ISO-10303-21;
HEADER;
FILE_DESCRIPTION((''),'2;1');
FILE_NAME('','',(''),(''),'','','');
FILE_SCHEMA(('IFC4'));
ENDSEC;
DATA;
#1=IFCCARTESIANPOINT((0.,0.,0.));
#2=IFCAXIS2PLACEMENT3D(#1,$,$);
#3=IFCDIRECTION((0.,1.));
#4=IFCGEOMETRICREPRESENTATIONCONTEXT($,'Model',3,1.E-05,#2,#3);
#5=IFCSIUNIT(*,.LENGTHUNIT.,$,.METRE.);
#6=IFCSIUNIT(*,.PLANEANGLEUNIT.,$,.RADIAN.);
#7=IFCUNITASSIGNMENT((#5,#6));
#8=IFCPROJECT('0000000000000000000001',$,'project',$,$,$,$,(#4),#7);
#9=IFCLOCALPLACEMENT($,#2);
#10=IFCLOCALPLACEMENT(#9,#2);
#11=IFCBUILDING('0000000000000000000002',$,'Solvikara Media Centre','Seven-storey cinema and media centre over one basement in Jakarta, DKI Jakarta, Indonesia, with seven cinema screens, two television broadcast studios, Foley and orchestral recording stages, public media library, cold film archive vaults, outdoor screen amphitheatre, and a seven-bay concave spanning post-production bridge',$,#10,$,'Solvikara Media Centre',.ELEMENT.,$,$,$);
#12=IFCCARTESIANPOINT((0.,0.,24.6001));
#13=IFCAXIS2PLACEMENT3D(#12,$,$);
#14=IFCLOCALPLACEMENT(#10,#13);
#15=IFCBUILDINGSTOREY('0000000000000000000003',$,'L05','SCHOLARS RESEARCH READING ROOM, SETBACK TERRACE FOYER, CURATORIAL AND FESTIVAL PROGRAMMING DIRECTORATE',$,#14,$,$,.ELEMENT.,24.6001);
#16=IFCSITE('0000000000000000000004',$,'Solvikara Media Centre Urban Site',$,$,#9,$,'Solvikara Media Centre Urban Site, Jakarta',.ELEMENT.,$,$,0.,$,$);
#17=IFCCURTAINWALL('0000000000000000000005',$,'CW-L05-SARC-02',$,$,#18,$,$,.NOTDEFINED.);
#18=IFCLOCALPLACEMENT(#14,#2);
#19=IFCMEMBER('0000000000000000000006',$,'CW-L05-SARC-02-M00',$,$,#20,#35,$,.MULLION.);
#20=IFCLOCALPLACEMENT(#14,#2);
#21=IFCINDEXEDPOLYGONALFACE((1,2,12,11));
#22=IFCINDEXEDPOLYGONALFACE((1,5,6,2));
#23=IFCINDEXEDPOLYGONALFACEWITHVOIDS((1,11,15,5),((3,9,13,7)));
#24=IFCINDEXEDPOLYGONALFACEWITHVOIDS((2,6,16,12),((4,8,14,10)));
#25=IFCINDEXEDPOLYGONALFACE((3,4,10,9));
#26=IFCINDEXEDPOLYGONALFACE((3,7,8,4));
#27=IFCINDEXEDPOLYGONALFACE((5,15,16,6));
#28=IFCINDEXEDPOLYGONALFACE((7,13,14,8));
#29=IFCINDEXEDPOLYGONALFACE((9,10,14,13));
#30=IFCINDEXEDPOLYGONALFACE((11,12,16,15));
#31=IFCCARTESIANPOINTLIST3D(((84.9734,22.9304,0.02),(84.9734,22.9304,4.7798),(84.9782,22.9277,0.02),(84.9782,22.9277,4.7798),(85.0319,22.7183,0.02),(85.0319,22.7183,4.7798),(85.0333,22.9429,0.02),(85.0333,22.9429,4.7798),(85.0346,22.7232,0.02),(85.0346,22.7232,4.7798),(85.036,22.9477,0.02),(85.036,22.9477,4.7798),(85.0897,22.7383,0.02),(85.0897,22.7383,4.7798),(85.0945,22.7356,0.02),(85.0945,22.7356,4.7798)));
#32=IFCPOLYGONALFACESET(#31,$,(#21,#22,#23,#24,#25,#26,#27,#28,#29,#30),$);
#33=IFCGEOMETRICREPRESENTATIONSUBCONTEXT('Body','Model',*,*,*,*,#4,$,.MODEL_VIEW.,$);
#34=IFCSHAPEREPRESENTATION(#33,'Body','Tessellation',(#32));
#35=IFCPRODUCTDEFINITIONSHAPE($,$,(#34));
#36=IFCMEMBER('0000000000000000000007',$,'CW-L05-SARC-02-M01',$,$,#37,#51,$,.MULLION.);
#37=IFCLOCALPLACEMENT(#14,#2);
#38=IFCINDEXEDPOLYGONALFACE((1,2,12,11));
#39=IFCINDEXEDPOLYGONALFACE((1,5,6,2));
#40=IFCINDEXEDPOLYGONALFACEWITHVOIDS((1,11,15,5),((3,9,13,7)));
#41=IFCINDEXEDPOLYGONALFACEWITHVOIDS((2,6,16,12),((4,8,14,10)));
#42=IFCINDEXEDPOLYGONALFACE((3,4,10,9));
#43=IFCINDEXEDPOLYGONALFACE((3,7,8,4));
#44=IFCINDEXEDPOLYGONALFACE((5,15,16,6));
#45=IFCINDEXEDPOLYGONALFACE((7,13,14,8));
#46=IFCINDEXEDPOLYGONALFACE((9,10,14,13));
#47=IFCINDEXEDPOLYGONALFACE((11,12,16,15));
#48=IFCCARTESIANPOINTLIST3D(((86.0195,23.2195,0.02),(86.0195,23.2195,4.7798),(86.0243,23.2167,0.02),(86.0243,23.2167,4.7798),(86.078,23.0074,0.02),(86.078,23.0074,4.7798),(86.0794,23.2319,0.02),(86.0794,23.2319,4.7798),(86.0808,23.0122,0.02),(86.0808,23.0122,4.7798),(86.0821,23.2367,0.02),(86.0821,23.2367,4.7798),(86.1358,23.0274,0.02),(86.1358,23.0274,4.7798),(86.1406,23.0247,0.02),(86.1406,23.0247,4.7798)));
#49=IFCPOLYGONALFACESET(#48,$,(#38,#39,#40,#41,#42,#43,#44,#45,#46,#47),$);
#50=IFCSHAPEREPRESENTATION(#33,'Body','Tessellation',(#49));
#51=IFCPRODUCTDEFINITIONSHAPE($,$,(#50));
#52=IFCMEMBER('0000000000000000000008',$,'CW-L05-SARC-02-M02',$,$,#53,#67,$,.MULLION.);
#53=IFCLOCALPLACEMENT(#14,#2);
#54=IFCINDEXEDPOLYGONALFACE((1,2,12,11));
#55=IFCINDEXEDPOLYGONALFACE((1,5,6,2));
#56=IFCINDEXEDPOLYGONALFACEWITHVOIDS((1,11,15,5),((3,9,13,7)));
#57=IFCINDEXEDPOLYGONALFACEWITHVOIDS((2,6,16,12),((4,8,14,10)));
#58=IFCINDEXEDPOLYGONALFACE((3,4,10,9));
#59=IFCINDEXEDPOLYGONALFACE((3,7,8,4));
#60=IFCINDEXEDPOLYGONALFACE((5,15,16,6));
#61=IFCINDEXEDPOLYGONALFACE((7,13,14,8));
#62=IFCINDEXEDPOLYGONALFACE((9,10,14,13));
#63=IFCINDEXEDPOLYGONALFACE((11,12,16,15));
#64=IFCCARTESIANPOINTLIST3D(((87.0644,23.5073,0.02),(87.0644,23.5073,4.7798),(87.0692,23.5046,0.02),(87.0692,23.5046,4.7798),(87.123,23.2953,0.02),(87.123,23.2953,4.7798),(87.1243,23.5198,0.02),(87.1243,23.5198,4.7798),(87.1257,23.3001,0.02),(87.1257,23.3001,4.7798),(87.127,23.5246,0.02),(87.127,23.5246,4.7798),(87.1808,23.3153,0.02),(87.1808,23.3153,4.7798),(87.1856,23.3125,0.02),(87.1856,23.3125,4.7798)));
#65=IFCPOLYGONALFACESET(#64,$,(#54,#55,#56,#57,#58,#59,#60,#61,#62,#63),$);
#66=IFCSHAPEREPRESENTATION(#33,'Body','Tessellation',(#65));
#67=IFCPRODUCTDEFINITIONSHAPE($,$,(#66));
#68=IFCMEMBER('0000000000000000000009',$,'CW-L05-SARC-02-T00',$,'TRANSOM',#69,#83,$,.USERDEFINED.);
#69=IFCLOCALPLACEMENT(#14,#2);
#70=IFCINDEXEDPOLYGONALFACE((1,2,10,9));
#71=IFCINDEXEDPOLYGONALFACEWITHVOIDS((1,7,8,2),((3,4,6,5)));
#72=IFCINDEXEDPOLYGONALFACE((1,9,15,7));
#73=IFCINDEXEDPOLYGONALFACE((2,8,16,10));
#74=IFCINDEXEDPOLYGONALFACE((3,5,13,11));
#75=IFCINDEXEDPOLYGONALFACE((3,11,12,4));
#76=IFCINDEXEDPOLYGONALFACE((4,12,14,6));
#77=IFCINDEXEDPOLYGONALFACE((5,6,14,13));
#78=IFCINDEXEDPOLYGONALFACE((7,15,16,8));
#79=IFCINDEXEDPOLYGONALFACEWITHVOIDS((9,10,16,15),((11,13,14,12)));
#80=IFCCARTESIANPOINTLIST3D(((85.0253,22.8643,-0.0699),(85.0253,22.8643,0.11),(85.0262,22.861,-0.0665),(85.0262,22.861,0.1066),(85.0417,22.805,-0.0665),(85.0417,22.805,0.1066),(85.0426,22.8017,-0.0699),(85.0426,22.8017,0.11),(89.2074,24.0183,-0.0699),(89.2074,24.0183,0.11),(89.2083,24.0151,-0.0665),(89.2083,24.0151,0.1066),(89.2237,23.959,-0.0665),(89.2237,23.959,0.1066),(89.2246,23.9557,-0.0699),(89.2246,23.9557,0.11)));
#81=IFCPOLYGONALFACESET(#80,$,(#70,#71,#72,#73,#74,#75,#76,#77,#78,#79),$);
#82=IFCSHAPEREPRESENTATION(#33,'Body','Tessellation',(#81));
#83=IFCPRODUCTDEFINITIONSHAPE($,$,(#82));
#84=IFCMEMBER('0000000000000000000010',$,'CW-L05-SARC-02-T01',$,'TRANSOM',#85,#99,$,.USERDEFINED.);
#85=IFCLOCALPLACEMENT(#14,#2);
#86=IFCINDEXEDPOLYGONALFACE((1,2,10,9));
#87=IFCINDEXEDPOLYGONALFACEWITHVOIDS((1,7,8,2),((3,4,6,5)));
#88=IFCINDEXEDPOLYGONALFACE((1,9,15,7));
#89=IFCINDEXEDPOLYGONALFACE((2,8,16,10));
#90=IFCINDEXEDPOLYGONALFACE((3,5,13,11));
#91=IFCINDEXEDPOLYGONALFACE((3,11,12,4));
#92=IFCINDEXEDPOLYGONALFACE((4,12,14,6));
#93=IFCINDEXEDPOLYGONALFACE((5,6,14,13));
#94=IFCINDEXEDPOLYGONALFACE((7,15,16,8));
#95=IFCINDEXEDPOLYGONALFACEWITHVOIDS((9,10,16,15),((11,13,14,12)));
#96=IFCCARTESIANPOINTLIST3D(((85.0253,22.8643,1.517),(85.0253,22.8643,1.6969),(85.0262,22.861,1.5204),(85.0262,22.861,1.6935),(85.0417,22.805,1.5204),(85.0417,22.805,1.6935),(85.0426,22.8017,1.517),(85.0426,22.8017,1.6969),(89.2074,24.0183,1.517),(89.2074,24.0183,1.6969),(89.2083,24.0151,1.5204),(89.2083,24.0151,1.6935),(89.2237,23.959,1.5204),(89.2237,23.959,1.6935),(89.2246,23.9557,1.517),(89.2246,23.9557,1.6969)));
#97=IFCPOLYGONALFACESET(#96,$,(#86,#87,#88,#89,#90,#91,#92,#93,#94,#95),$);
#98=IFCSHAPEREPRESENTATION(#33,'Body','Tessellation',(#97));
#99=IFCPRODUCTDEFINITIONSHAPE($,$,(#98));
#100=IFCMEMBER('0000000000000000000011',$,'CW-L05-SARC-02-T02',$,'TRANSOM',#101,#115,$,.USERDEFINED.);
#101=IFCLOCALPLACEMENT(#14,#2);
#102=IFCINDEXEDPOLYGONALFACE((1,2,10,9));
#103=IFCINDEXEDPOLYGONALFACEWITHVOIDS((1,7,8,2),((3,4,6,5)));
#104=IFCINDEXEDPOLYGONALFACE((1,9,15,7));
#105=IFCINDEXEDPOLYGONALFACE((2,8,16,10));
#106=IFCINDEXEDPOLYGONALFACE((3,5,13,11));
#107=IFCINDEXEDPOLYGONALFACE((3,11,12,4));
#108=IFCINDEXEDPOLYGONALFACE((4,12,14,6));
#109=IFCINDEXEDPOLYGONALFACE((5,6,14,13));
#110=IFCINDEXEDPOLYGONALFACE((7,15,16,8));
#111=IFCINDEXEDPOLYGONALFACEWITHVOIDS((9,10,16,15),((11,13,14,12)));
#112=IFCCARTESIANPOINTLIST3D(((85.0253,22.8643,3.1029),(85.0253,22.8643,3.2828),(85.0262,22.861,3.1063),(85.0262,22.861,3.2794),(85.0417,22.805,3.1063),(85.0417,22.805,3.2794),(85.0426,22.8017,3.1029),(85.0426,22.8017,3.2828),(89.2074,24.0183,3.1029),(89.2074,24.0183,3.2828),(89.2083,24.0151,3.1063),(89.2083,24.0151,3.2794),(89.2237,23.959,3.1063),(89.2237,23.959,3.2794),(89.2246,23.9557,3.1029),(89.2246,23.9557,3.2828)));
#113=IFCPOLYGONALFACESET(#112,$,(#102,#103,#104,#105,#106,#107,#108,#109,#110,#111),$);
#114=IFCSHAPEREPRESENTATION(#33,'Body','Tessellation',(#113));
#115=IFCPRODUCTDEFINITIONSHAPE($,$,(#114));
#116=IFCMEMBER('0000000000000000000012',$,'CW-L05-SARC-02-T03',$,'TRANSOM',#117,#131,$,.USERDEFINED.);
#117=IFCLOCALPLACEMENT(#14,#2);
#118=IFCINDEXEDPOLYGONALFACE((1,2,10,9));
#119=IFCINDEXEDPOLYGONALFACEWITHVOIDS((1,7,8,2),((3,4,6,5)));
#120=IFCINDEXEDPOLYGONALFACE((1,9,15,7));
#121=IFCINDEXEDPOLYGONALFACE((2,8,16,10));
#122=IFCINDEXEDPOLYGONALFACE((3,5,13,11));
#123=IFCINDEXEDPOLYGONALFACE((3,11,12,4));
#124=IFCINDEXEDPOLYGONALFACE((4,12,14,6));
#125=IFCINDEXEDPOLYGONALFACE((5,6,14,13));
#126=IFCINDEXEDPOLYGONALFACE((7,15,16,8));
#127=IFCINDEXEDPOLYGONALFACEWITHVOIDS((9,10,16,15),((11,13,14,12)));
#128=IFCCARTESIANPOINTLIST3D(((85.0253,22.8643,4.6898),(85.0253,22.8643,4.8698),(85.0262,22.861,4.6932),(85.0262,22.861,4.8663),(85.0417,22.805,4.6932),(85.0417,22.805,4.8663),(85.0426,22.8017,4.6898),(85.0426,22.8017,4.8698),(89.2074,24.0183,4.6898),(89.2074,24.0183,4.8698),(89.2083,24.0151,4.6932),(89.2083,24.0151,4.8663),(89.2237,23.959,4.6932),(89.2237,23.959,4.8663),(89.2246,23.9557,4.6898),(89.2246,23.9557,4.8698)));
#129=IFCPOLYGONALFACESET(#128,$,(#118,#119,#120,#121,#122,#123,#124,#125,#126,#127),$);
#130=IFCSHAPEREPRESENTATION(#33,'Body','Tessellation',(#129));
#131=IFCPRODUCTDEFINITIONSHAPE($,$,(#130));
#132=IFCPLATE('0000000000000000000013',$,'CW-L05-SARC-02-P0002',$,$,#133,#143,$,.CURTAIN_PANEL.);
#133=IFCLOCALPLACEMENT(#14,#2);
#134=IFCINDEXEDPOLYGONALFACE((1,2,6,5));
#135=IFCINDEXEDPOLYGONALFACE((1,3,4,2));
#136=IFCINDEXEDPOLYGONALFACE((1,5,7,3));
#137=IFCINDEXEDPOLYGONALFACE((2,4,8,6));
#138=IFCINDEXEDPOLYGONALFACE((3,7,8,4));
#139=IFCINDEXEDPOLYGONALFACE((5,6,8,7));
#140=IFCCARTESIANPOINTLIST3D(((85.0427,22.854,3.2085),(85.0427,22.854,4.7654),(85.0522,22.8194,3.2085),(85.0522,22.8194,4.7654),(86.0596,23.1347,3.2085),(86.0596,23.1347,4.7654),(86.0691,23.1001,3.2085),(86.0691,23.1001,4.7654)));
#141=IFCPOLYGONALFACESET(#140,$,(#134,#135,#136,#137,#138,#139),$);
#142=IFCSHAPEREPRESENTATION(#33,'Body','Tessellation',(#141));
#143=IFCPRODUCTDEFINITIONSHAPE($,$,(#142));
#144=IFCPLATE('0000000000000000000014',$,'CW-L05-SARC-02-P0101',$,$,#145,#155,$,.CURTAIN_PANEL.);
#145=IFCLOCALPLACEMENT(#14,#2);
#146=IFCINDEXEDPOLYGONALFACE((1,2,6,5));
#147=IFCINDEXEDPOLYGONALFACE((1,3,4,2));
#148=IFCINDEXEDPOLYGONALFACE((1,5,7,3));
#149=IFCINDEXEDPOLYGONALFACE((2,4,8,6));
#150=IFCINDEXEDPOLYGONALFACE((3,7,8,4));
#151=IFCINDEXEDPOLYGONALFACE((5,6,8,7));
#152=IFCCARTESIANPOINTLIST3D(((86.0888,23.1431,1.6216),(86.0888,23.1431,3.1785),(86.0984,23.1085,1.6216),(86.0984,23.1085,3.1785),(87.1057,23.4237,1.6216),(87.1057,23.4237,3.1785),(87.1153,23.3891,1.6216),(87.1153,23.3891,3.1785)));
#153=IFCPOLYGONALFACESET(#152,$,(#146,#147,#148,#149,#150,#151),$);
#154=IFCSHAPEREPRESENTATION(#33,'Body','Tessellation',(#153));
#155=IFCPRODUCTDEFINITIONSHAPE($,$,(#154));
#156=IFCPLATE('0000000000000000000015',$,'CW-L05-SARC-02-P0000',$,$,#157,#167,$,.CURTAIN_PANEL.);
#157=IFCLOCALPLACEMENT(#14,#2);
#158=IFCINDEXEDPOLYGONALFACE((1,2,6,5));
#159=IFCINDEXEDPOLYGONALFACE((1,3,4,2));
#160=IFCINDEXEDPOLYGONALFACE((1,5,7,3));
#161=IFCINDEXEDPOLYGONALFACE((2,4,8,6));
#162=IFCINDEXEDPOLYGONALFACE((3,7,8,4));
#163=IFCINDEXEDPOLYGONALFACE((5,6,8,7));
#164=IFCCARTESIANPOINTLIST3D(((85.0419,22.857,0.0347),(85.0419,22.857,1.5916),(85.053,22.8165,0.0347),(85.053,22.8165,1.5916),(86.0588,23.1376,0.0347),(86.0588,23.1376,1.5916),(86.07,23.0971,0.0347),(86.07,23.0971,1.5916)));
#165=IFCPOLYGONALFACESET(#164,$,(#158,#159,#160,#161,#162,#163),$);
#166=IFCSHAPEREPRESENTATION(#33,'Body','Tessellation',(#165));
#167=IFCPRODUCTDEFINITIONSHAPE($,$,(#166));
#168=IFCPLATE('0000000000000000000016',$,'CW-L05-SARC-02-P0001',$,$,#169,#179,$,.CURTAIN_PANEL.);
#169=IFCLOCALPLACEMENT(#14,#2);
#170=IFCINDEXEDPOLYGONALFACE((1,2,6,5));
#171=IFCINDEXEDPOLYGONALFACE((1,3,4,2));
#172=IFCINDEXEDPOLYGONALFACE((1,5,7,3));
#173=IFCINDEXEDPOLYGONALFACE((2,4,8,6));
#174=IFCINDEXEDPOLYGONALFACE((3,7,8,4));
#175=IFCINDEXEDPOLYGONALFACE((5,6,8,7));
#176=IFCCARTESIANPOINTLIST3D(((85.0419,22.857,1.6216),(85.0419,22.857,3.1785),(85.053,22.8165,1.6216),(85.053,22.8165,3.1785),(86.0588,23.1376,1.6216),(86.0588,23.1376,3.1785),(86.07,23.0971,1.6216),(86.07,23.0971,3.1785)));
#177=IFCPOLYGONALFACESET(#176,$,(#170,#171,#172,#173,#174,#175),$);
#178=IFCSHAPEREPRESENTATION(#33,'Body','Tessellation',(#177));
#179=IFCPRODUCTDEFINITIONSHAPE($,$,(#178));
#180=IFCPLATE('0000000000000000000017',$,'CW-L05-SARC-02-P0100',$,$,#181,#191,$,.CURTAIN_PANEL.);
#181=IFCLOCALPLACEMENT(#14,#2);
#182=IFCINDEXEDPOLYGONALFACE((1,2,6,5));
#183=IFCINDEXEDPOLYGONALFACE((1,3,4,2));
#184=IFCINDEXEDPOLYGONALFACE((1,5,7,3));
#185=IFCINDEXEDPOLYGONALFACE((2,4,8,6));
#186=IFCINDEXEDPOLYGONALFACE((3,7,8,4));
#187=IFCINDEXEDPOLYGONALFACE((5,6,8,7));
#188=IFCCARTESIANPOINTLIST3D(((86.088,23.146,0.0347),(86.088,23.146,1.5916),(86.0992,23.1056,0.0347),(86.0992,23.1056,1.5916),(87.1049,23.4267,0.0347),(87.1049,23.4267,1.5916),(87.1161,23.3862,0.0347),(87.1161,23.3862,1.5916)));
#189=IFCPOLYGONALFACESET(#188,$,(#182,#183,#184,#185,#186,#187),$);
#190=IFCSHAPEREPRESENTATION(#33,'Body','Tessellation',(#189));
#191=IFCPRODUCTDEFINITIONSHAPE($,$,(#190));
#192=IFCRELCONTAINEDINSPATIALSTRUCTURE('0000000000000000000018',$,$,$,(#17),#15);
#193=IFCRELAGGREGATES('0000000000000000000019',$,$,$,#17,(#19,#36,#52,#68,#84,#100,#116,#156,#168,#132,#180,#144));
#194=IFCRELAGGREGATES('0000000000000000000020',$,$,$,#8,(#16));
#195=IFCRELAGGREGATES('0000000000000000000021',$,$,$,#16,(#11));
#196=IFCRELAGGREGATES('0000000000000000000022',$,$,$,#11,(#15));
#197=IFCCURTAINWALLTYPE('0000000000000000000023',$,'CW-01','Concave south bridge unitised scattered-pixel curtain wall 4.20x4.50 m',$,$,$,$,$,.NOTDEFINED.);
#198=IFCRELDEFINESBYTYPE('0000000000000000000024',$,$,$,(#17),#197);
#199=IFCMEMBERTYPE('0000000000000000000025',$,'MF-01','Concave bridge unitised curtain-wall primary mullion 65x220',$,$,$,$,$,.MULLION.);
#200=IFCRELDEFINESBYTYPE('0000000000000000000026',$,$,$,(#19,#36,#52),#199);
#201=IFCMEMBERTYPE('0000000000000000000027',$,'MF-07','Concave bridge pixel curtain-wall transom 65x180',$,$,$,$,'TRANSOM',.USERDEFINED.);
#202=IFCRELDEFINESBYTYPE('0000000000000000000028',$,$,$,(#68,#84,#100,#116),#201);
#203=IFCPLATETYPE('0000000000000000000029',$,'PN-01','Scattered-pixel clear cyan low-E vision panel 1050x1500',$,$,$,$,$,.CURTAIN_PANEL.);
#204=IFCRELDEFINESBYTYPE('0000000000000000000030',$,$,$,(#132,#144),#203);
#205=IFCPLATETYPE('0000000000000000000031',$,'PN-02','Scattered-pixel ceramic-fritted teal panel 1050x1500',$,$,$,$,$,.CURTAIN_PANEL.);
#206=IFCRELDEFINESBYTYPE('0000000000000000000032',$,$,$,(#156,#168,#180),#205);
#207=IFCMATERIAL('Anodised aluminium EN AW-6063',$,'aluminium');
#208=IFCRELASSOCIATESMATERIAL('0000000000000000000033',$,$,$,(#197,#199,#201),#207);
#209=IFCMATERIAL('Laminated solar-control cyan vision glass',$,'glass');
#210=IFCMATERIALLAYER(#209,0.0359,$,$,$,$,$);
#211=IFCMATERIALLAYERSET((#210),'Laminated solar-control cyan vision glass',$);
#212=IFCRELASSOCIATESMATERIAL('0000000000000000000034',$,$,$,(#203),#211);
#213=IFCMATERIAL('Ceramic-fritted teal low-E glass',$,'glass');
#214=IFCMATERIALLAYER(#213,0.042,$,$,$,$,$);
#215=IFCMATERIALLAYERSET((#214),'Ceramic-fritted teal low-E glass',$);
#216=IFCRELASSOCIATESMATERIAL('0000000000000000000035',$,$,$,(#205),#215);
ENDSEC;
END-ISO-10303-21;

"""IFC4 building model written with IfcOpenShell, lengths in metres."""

from ifc_helpers import new_model, si_unit, direction, frame, origin, origin_2d, place, context, subcontext, project, spatial, rectangle, hollow_rectangle, extrude, material, layer, layer_set, material_profile, profile_set, type_object, element, aggregate, save


model = new_model("IFC4")

# Units and contexts
model_context = context("Model", 3, precision=1e-05, world=origin(), true_north=direction((0.0, 1.0)))
body_context = subcontext(model_context, "Body", "Model", "MODEL_VIEW")
ifc_project = project(units=[si_unit("LENGTHUNIT", "METRE"), si_unit("PLANEANGLEUNIT", "RADIAN")], contexts=[model_context])

# Site, building, storey
site_placement = place(None, origin())
site = spatial("IfcSite", under=ifc_project, at=site_placement, Name="Solvikara Media Centre Urban Site", LongName="Solvikara Media Centre Urban Site, Jakarta", CompositionType="ELEMENT", RefElevation=0.0)
building_placement = place(site_placement, origin())
building = spatial("IfcBuilding", under=site, at=building_placement, Name="Solvikara Media Centre", Description="Seven-storey cinema and media centre over one basement in Jakarta, DKI Jakarta, Indonesia, with seven cinema screens, two television broadcast studios, Foley and orchestral recording stages, public media library, cold film archive vaults, outdoor screen amphitheatre, and a seven-bay concave spanning post-production bridge", LongName="Solvikara Media Centre", CompositionType="ELEMENT")
storey_placement = place(building_placement, frame((0.0, 0.0, 24.6001)))
storey = spatial("IfcBuildingStorey", under=building, at=storey_placement, Name="L05", Description="SCHOLARS RESEARCH READING ROOM, SETBACK TERRACE FOYER, CURATORIAL AND FESTIVAL PROGRAMMING DIRECTORATE", CompositionType="ELEMENT", Elevation=24.6001)

# Curtain wall, members, plates
ifc_material_1 = material(Name="Anodised aluminium EN AW-6063", Category="aluminium")
curtain_wall_type = type_object("IfcCurtainWallType", Name="CW-01", Description="Concave south bridge unitised scattered-pixel curtain wall 4.20x4.50 m", PredefinedType="NOTDEFINED", material=ifc_material_1)
curtain_wall_placement = place(storey_placement, origin())
curtain_wall = element("IfcCurtainWall", 1, at=curtain_wall_placement, inside=storey, type_object=curtain_wall_type, Name="CW-L05-SARC-02", PredefinedType="NOTDEFINED")
ifc_material_profile_1 = material_profile(ifc_material_1, hollow_rectangle(XDim=0.0649, YDim=0.22, WallThickness=0.0039, at=origin_2d()), Name="ALU-M 65x220x4")
ifc_profile_set_1 = profile_set([ifc_material_profile_1], Name="Anodised aluminium EN AW-6063")
member_type_1 = type_object("IfcMemberType", Name="MF-01", Description="Concave bridge unitised curtain-wall primary mullion 65x220", PredefinedType="MULLION", material=ifc_profile_set_1)
member_1_placement = place(storey_placement, frame((85.0339, 22.833, 0.02), z_axis=(0.0, 0.0, 1.0), x_axis=(0.96397, 0.26601, 0.0)))
member_1 = element("IfcMember", 2, at=member_1_placement, type_object=member_type_1, Name="CW-L05-SARC-02-M00", PredefinedType="MULLION", context=body_context, shape_type="SweptSolid", body=[
    extrude(hollow_rectangle(XDim=0.0649, YDim=0.22, WallThickness=0.0039, at=origin_2d()), origin(), (0.0, 0.0, 1.0), 4.7598),
])
member_2_placement = place(storey_placement, frame((86.0801, 23.1221, 0.02), z_axis=(0.0, 0.0, 1.0), x_axis=(0.96397, 0.26601, 0.0)))
member_2 = element("IfcMember", 3, at=member_2_placement, type_object=member_type_1, Name="CW-L05-SARC-02-M01", PredefinedType="MULLION", context=body_context, shape_type="SweptSolid", body=[
    extrude(hollow_rectangle(XDim=0.0649, YDim=0.22, WallThickness=0.0039, at=origin_2d()), origin(), (0.0, 0.0, 1.0), 4.7598),
])
member_3_placement = place(storey_placement, frame((87.125, 23.4099, 0.02), z_axis=(0.0, 0.0, 1.0), x_axis=(0.96397, 0.26601, 0.0)))
member_3 = element("IfcMember", 4, at=member_3_placement, type_object=member_type_1, Name="CW-L05-SARC-02-M02", PredefinedType="MULLION", context=body_context, shape_type="SweptSolid", body=[
    extrude(hollow_rectangle(XDim=0.0649, YDim=0.22, WallThickness=0.0039, at=origin_2d()), origin(), (0.0, 0.0, 1.0), 4.7598),
])
ifc_material_profile_2 = material_profile(ifc_material_1, hollow_rectangle(XDim=0.0649, YDim=0.1799, WallThickness=0.0034, at=origin_2d()), Name="ALU-T 65x180x3.5")
ifc_profile_set_2 = profile_set([ifc_material_profile_2], Name="Anodised aluminium EN AW-6063")
member_type_2 = type_object("IfcMemberType", Name="MF-07", Description="Concave bridge pixel curtain-wall transom 65x180", ElementType="TRANSOM", PredefinedType="USERDEFINED", material=ifc_profile_set_2)
member_4_placement = place(storey_placement, frame((85.0339, 22.833, 0.02), z_axis=(0.963971, 0.266007, 0.0), x_axis=(-0.266007, 0.963971, 0.0)))
member_4 = element("IfcMember", 5, at=member_4_placement, type_object=member_type_2, Name="CW-L05-SARC-02-T00", ObjectType="TRANSOM", PredefinedType="USERDEFINED", context=body_context, shape_type="SweptSolid", body=[
    extrude(hollow_rectangle(XDim=0.0649, YDim=0.1799, WallThickness=0.0034, at=origin_2d()), origin(), (0.0, 0.0, 1.0), 4.3384),
])
member_5_placement = place(storey_placement, frame((85.0339, 22.833, 1.6069), z_axis=(0.963971, 0.266007, 0.0), x_axis=(-0.266007, 0.963971, 0.0)))
member_5 = element("IfcMember", 6, at=member_5_placement, type_object=member_type_2, Name="CW-L05-SARC-02-T01", ObjectType="TRANSOM", PredefinedType="USERDEFINED", context=body_context, shape_type="SweptSolid", body=[
    extrude(hollow_rectangle(XDim=0.0649, YDim=0.1799, WallThickness=0.0034, at=origin_2d()), origin(), (0.0, 0.0, 1.0), 4.3384),
])
member_6_placement = place(storey_placement, frame((85.0339, 22.833, 3.1929), z_axis=(0.963971, 0.266007, 0.0), x_axis=(-0.266007, 0.963971, 0.0)))
member_6 = element("IfcMember", 7, at=member_6_placement, type_object=member_type_2, Name="CW-L05-SARC-02-T02", ObjectType="TRANSOM", PredefinedType="USERDEFINED", context=body_context, shape_type="SweptSolid", body=[
    extrude(hollow_rectangle(XDim=0.0649, YDim=0.1799, WallThickness=0.0034, at=origin_2d()), origin(), (0.0, 0.0, 1.0), 4.3384),
])
member_7_placement = place(storey_placement, frame((85.0339, 22.833, 4.7798), z_axis=(0.963971, 0.266007, 0.0), x_axis=(-0.266007, 0.963971, 0.0)))
member_7 = element("IfcMember", 8, at=member_7_placement, type_object=member_type_2, Name="CW-L05-SARC-02-T03", ObjectType="TRANSOM", PredefinedType="USERDEFINED", context=body_context, shape_type="SweptSolid", body=[
    extrude(hollow_rectangle(XDim=0.0649, YDim=0.1799, WallThickness=0.0034, at=origin_2d()), origin(), (0.0, 0.0, 1.0), 4.3384),
])
ifc_material_2 = material(Name="Laminated solar-control cyan vision glass", Category="glass")
ifc_layer_1 = layer(ifc_material_2, 0.0359)
ifc_layer_set_1 = layer_set([ifc_layer_1], Name="Laminated solar-control cyan vision glass")
plate_type_1 = type_object("IfcPlateType", Name="PN-01", Description="Scattered-pixel clear cyan low-E vision panel 1050x1500", PredefinedType="CURTAIN_PANEL", material=ifc_layer_set_1)
plate_1_placement = place(storey_placement, frame((85.5559, 22.9771, 3.2085), z_axis=(0.0, 0.0, 1.0), x_axis=(0.96397, 0.26601, 0.0)))
plate_1 = element("IfcPlate", 9, at=plate_1_placement, type_object=plate_type_1, Name="CW-L05-SARC-02-P0002", PredefinedType="CURTAIN_PANEL", context=body_context, shape_type="SweptSolid", body=[
    extrude(rectangle(XDim=1.0549, YDim=0.0359, at=origin_2d()), origin(), (0.0, 0.0, 1.0), 1.5569),
])
plate_2_placement = place(storey_placement, frame((86.6021, 23.2661, 1.6216), z_axis=(0.0, 0.0, 1.0), x_axis=(0.96397, 0.26601, 0.0)))
plate_2 = element("IfcPlate", 10, at=plate_2_placement, type_object=plate_type_1, Name="CW-L05-SARC-02-P0101", PredefinedType="CURTAIN_PANEL", context=body_context, shape_type="SweptSolid", body=[
    extrude(rectangle(XDim=1.0549, YDim=0.0359, at=origin_2d()), origin(), (0.0, 0.0, 1.0), 1.5569),
])
ifc_material_3 = material(Name="Ceramic-fritted teal low-E glass", Category="glass")
ifc_layer_2 = layer(ifc_material_3, 0.042)
ifc_layer_set_2 = layer_set([ifc_layer_2], Name="Ceramic-fritted teal low-E glass")
plate_type_2 = type_object("IfcPlateType", Name="PN-02", Description="Scattered-pixel ceramic-fritted teal panel 1050x1500", PredefinedType="CURTAIN_PANEL", material=ifc_layer_set_2)
plate_3_placement = place(storey_placement, frame((85.5559, 22.9771, 0.0347), z_axis=(0.0, 0.0, 1.0), x_axis=(0.96397, 0.26601, 0.0)))
plate_3 = element("IfcPlate", 11, at=plate_3_placement, type_object=plate_type_2, Name="CW-L05-SARC-02-P0000", PredefinedType="CURTAIN_PANEL", context=body_context, shape_type="SweptSolid", body=[
    extrude(rectangle(XDim=1.0549, YDim=0.042, at=origin_2d()), origin(), (0.0, 0.0, 1.0), 1.5569),
])
plate_4_placement = place(storey_placement, frame((85.5559, 22.9771, 1.6216), z_axis=(0.0, 0.0, 1.0), x_axis=(0.96397, 0.26601, 0.0)))
plate_4 = element("IfcPlate", 12, at=plate_4_placement, type_object=plate_type_2, Name="CW-L05-SARC-02-P0001", PredefinedType="CURTAIN_PANEL", context=body_context, shape_type="SweptSolid", body=[
    extrude(rectangle(XDim=1.0549, YDim=0.042, at=origin_2d()), origin(), (0.0, 0.0, 1.0), 1.5569),
])
plate_5_placement = place(storey_placement, frame((86.6021, 23.2661, 0.0347), z_axis=(0.0, 0.0, 1.0), x_axis=(0.96397, 0.26601, 0.0)))
plate_5 = element("IfcPlate", 13, at=plate_5_placement, type_object=plate_type_2, Name="CW-L05-SARC-02-P0100", PredefinedType="CURTAIN_PANEL", context=body_context, shape_type="SweptSolid", body=[
    extrude(rectangle(XDim=1.0549, YDim=0.042, at=origin_2d()), origin(), (0.0, 0.0, 1.0), 1.5569),
])
aggregate(curtain_wall, [member_1, member_2, member_3, member_4, member_5, member_6, member_7, plate_3, plate_4, plate_1, plate_5, plate_2])

save(model, "model.ifc")
